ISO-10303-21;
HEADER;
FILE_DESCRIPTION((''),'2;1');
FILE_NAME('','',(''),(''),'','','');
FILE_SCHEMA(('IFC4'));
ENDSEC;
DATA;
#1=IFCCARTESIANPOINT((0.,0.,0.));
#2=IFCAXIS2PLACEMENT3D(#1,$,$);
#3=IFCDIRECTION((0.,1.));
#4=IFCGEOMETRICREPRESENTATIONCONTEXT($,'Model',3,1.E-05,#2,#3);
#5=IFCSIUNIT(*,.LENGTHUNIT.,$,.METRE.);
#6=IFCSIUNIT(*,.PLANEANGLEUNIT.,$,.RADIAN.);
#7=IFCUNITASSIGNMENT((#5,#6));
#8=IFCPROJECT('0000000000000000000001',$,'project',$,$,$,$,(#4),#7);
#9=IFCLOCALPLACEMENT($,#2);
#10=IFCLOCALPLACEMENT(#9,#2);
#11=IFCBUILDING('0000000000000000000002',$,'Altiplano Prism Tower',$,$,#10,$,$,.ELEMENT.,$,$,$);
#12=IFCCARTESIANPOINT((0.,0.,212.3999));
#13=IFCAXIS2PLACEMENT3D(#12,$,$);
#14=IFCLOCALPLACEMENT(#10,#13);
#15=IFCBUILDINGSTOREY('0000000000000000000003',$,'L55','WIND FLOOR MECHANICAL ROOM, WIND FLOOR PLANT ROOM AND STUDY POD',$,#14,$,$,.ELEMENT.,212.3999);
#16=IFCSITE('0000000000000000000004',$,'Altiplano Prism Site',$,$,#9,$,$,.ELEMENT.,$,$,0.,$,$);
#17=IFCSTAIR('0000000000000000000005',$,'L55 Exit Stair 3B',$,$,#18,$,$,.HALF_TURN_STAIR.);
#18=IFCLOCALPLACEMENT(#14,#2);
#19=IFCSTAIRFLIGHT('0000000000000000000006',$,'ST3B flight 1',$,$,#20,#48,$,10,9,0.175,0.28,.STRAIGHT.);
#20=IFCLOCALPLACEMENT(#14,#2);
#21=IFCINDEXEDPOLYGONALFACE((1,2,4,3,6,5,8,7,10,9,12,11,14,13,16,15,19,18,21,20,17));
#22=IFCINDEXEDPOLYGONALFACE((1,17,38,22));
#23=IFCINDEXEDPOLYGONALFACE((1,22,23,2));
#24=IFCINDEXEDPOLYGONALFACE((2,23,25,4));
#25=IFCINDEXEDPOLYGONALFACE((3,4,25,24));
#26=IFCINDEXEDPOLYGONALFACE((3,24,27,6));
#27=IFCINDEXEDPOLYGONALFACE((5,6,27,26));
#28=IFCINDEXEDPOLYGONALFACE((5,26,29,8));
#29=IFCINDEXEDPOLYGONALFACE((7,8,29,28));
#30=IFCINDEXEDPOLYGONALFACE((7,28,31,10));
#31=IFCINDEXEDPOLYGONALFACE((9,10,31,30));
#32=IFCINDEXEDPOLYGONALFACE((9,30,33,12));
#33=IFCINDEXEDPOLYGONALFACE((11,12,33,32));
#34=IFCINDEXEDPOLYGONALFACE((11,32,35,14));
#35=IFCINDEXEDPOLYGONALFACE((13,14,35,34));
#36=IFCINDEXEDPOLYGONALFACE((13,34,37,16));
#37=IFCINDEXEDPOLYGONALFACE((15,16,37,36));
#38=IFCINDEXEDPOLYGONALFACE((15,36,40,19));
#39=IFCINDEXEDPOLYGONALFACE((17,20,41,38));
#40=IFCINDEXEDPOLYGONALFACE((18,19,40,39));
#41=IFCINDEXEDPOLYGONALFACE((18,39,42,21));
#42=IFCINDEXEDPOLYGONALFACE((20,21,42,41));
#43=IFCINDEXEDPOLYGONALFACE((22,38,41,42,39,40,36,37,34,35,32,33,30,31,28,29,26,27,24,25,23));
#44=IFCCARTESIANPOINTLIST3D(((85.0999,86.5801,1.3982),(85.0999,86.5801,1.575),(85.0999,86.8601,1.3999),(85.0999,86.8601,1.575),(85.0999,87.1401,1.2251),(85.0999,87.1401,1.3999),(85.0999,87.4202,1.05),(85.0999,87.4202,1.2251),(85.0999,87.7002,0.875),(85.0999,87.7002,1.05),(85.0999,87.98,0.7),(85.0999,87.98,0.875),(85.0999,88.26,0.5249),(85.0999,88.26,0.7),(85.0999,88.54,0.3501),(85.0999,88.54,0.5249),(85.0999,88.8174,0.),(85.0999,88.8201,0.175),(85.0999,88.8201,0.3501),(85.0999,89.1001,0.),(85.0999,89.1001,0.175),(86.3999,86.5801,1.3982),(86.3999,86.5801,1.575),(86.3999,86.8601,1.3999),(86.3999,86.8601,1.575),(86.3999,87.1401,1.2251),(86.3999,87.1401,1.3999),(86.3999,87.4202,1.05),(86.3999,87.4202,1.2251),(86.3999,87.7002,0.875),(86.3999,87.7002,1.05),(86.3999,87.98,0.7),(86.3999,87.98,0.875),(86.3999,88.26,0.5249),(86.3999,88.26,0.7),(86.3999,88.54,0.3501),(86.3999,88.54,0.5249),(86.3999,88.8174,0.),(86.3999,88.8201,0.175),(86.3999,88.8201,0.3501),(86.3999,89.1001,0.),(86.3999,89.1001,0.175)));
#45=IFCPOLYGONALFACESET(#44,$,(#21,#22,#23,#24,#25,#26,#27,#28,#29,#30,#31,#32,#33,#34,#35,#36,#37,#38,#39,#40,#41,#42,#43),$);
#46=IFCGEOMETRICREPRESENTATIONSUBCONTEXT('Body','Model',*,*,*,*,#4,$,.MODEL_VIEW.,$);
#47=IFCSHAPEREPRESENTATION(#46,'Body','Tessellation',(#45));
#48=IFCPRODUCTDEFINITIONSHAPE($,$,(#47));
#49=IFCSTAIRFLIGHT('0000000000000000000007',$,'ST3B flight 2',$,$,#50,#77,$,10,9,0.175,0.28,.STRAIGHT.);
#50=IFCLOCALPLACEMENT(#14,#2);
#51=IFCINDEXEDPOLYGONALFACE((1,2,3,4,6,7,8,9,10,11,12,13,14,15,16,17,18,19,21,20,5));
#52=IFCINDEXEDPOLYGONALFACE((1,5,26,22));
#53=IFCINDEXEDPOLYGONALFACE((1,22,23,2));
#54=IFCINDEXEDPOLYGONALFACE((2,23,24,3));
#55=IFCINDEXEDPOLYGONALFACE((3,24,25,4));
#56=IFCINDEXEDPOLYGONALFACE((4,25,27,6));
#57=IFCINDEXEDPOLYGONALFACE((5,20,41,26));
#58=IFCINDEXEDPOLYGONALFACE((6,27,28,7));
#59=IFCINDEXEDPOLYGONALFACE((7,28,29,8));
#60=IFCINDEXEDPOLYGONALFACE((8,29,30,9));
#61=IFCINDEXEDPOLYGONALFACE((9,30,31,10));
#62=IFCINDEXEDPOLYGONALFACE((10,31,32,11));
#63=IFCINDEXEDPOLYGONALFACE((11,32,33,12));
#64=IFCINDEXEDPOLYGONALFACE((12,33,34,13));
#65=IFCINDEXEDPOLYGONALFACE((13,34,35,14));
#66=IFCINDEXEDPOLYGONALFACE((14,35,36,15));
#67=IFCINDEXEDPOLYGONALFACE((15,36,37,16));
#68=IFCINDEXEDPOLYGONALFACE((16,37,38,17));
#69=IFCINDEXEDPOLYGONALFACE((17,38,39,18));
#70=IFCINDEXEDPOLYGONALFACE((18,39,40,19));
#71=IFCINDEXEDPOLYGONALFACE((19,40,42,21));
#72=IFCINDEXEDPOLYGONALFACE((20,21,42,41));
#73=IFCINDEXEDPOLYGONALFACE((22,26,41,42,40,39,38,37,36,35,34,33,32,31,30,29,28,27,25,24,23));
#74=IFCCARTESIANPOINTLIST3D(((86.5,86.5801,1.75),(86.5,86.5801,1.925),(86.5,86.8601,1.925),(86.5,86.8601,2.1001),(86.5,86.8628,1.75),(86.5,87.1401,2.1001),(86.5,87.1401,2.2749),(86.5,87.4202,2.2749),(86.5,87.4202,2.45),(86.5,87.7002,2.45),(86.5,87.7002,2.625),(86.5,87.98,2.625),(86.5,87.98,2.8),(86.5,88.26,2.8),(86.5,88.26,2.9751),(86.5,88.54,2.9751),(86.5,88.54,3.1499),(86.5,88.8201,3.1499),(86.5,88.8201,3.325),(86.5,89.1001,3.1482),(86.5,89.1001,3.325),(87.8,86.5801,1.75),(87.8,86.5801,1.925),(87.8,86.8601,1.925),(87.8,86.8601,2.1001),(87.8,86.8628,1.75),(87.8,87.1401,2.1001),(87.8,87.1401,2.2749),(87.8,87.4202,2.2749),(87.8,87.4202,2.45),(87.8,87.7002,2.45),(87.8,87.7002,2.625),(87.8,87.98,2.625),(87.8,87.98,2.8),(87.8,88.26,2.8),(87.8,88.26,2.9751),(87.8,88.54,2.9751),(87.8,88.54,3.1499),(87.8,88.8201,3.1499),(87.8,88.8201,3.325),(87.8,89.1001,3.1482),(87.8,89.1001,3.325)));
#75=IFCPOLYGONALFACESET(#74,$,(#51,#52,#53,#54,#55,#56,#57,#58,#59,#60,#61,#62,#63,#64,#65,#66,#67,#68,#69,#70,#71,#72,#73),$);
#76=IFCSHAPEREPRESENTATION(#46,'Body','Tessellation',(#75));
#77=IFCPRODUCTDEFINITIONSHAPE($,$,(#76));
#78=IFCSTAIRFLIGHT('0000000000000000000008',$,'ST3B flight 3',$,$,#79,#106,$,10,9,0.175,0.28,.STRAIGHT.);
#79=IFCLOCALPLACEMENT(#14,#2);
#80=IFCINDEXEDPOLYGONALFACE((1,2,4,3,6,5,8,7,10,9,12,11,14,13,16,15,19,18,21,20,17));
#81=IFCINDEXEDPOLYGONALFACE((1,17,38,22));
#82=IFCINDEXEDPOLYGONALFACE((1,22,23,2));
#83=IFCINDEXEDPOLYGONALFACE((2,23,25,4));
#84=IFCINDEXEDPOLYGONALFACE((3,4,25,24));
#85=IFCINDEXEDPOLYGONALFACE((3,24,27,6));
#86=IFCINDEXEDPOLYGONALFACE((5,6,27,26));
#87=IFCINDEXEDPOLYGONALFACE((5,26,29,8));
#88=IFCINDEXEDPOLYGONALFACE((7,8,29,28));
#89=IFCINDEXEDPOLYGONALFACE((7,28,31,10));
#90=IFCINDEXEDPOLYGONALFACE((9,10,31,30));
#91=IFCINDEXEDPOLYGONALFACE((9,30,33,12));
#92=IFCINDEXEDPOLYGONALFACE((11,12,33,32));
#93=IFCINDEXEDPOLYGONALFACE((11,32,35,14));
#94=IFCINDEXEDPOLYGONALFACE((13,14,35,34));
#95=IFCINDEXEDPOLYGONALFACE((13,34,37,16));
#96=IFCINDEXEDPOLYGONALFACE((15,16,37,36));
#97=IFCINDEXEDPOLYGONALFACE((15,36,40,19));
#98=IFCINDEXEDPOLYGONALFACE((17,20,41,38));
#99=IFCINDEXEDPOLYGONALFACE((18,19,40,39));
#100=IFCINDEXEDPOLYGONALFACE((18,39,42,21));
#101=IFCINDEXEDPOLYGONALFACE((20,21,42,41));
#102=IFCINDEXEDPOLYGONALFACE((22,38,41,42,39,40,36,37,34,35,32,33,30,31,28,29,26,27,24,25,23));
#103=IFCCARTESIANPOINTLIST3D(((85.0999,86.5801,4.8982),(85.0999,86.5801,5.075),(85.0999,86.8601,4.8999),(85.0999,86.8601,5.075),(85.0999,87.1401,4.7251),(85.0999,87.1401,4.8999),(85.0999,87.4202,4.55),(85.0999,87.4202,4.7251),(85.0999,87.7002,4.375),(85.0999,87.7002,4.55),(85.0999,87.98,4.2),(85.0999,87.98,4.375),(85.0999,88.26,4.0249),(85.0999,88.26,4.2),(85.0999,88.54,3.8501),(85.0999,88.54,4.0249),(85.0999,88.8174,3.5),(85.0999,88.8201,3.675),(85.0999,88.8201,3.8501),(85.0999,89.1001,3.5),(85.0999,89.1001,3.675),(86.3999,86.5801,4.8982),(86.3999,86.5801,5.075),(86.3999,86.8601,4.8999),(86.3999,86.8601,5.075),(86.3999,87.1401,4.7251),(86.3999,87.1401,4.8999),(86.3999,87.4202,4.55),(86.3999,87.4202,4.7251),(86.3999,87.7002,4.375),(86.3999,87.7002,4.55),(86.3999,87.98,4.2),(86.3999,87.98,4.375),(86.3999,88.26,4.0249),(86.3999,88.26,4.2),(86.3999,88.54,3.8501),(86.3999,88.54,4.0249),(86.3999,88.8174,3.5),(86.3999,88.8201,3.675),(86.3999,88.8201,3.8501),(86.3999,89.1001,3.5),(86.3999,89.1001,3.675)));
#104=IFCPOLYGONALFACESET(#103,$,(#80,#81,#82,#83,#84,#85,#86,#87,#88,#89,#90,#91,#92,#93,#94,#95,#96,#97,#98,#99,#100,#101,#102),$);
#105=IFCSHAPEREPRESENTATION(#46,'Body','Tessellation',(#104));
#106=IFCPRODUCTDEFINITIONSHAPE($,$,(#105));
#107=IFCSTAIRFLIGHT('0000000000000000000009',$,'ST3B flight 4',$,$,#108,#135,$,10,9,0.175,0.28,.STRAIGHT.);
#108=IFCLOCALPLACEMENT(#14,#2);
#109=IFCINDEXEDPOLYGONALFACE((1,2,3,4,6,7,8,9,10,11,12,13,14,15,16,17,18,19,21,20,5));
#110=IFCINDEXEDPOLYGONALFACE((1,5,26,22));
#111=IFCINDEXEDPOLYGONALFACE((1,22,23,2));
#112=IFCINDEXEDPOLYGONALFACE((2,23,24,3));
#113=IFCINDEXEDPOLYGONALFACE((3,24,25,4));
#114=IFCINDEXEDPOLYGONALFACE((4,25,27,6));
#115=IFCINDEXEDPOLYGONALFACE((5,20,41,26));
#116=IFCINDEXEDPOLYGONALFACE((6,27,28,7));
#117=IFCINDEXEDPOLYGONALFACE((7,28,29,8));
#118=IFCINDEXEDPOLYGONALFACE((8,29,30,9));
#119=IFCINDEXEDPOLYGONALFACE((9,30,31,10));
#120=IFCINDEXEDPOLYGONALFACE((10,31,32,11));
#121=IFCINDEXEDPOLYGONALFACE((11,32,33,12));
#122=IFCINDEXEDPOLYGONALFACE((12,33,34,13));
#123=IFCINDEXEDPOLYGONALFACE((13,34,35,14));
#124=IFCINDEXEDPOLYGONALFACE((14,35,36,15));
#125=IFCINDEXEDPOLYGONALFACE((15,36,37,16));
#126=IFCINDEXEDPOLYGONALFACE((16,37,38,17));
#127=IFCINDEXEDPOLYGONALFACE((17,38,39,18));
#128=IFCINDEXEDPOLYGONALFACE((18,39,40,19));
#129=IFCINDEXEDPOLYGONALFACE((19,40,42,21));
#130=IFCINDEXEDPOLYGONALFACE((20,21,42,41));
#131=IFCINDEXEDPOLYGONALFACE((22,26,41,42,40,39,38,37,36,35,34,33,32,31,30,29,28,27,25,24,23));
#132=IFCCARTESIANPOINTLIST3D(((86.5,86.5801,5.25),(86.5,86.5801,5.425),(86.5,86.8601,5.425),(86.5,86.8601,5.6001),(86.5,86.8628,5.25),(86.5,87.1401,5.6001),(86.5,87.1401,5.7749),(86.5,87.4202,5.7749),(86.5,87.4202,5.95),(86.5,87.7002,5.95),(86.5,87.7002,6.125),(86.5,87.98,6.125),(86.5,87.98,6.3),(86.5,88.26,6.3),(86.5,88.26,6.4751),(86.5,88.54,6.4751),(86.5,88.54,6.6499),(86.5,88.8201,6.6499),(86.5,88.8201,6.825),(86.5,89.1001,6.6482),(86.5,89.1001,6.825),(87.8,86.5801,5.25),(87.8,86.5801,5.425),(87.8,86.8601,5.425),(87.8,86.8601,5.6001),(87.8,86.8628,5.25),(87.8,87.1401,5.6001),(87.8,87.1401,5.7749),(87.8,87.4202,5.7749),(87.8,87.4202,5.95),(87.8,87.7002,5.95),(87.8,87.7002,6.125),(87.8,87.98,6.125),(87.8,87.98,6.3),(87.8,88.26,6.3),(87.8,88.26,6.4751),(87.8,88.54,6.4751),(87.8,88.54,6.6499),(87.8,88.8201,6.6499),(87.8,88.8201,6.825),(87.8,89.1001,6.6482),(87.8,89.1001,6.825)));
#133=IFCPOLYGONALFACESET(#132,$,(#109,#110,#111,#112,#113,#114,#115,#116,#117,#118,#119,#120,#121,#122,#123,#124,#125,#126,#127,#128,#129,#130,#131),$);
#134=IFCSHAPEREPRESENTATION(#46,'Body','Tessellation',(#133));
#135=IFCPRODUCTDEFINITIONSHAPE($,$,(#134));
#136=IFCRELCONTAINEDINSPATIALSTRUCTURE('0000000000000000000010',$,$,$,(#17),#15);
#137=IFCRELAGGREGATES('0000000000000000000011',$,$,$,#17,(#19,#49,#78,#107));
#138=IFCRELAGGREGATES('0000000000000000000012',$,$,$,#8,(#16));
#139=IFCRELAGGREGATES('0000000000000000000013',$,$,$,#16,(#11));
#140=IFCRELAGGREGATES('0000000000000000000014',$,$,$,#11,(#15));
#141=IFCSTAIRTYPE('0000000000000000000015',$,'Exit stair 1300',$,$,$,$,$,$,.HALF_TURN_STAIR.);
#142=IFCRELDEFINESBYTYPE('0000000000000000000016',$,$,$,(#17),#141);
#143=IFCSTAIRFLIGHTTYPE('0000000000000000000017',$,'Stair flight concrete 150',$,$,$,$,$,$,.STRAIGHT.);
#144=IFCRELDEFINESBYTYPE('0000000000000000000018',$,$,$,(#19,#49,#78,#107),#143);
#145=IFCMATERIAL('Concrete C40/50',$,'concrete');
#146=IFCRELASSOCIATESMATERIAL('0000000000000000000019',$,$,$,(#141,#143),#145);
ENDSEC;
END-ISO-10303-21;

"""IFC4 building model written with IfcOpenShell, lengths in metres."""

from ifc_helpers import new_model, si_unit, direction, frame, origin, place, context, subcontext, project, spatial, polyline, outline, extrude, material, type_object, element, aggregate, save


model = new_model("IFC4")

# Units and contexts
model_context = context("Model", 3, precision=1e-05, world=origin(), true_north=direction((0.0, 1.0)))
body_context = subcontext(model_context, "Body", "Model", "MODEL_VIEW")
ifc_project = project(units=[si_unit("LENGTHUNIT", "METRE"), si_unit("PLANEANGLEUNIT", "RADIAN")], contexts=[model_context])

# Site, building, storey
site_placement = place(None, origin())
site = spatial("IfcSite", under=ifc_project, at=site_placement, Name="Altiplano Prism Site", CompositionType="ELEMENT", RefElevation=0.0)
building_placement = place(site_placement, origin())
building = spatial("IfcBuilding", under=site, at=building_placement, Name="Altiplano Prism Tower", CompositionType="ELEMENT")
storey_placement = place(building_placement, frame((0.0, 0.0, 212.3999)))
storey = spatial("IfcBuildingStorey", under=building, at=storey_placement, Name="L55", Description="WIND FLOOR MECHANICAL ROOM, WIND FLOOR PLANT ROOM AND STUDY POD", CompositionType="ELEMENT", Elevation=212.3999)

# Stair, stair flights
ifc_material_1 = material(Name="Concrete C40/50", Category="concrete")
stair_type = type_object("IfcStairType", Name="Exit stair 1300", PredefinedType="HALF_TURN_STAIR", material=ifc_material_1)
stair_placement = place(storey_placement, origin())
stair = element("IfcStair", 1, at=stair_placement, inside=storey, type_object=stair_type, Name="L55 Exit Stair 3B", PredefinedType="HALF_TURN_STAIR")
stair_flight_type = type_object("IfcStairFlightType", Name="Stair flight concrete 150", PredefinedType="STRAIGHT", material=ifc_material_1)
stair_flight_1_placement = place(storey_placement, frame((85.75, 89.1001, 0.0), z_axis=(0.0, 0.0, 1.0), x_axis=(0.0, -1.0, 0.0)))
stair_flight_1 = element("IfcStairFlight", 2, at=stair_flight_1_placement, type_object=stair_flight_type, Name="ST3B flight 1", NumberOfRisers=10, NumberOfTreads=9, PredefinedType="STRAIGHT", RiserHeight=0.175, TreadLength=0.28, context=body_context, shape_type="SweptSolid", body=[
    extrude(outline(polyline([(0.0, 0.0), (0.0, 0.175), (0.28, 0.175), (0.28, 0.3501), (0.5601, 0.3501), (0.5601, 0.5249), (0.8401, 0.5249), (0.8401, 0.7), (1.1201, 0.7), (1.1201, 0.875), (1.3999, 0.875), (1.3999, 1.05), (1.6799, 1.05), (1.6799, 1.2251), (1.96, 1.2251), (1.96, 1.3999), (2.24, 1.3999), (2.24, 1.575), (2.52, 1.575), (2.52, 1.75), (2.52, 1.3982), (0.2827, 0.0), (0.0, 0.0)])), frame((0.0, 0.6499, 0.0), z_axis=(0.0, -1.0, 0.0), x_axis=(1.0, 0.0, 0.0)), (0.0, 0.0, 1.0), 1.3),
])
stair_flight_2_placement = place(storey_placement, frame((87.1499, 86.5801, 1.75), z_axis=(0.0, 0.0, 1.0), x_axis=(0.0, 1.0, 0.0)))
stair_flight_2 = element("IfcStairFlight", 3, at=stair_flight_2_placement, type_object=stair_flight_type, Name="ST3B flight 2", NumberOfRisers=10, NumberOfTreads=9, PredefinedType="STRAIGHT", RiserHeight=0.175, TreadLength=0.28, context=body_context, shape_type="SweptSolid", body=[
    extrude(outline(polyline([(0.0, 0.0), (0.0, 0.175), (0.28, 0.175), (0.28, 0.3501), (0.5601, 0.3501), (0.5601, 0.5249), (0.8401, 0.5249), (0.8401, 0.7), (1.1201, 0.7), (1.1201, 0.875), (1.3999, 0.875), (1.3999, 1.05), (1.6799, 1.05), (1.6799, 1.2251), (1.96, 1.2251), (1.96, 1.3999), (2.24, 1.3999), (2.24, 1.575), (2.52, 1.575), (2.52, 1.75), (2.52, 1.3982), (0.2827, 0.0), (0.0, 0.0)])), frame((0.0, 0.6499, 0.0), z_axis=(0.0, -1.0, 0.0), x_axis=(1.0, 0.0, 0.0)), (0.0, 0.0, 1.0), 1.3),
])
stair_flight_3_placement = place(storey_placement, frame((85.75, 89.1001, 3.5), z_axis=(0.0, 0.0, 1.0), x_axis=(0.0, -1.0, 0.0)))
stair_flight_3 = element("IfcStairFlight", 4, at=stair_flight_3_placement, type_object=stair_flight_type, Name="ST3B flight 3", NumberOfRisers=10, NumberOfTreads=9, PredefinedType="STRAIGHT", RiserHeight=0.175, TreadLength=0.28, context=body_context, shape_type="SweptSolid", body=[
    extrude(outline(polyline([(0.0, 0.0), (0.0, 0.175), (0.28, 0.175), (0.28, 0.3501), (0.5601, 0.3501), (0.5601, 0.5249), (0.8401, 0.5249), (0.8401, 0.7), (1.1201, 0.7), (1.1201, 0.875), (1.3999, 0.875), (1.3999, 1.05), (1.6799, 1.05), (1.6799, 1.2251), (1.96, 1.2251), (1.96, 1.3999), (2.24, 1.3999), (2.24, 1.575), (2.52, 1.575), (2.52, 1.75), (2.52, 1.3982), (0.2827, 0.0), (0.0, 0.0)])), frame((0.0, 0.6499, 0.0), z_axis=(0.0, -1.0, 0.0), x_axis=(1.0, 0.0, 0.0)), (0.0, 0.0, 1.0), 1.3),
])
stair_flight_4_placement = place(storey_placement, frame((87.1499, 86.5801, 5.25), z_axis=(0.0, 0.0, 1.0), x_axis=(0.0, 1.0, 0.0)))
stair_flight_4 = element("IfcStairFlight", 5, at=stair_flight_4_placement, type_object=stair_flight_type, Name="ST3B flight 4", NumberOfRisers=10, NumberOfTreads=9, PredefinedType="STRAIGHT", RiserHeight=0.175, TreadLength=0.28, context=body_context, shape_type="SweptSolid", body=[
    extrude(outline(polyline([(0.0, 0.0), (0.0, 0.175), (0.28, 0.175), (0.28, 0.3501), (0.5601, 0.3501), (0.5601, 0.5249), (0.8401, 0.5249), (0.8401, 0.7), (1.1201, 0.7), (1.1201, 0.875), (1.3999, 0.875), (1.3999, 1.05), (1.6799, 1.05), (1.6799, 1.2251), (1.96, 1.2251), (1.96, 1.3999), (2.24, 1.3999), (2.24, 1.575), (2.52, 1.575), (2.52, 1.75), (2.52, 1.3982), (0.2827, 0.0), (0.0, 0.0)])), frame((0.0, 0.6499, 0.0), z_axis=(0.0, -1.0, 0.0), x_axis=(1.0, 0.0, 0.0)), (0.0, 0.0, 1.0), 1.3),
])
aggregate(stair, [stair_flight_1, stair_flight_2, stair_flight_3, stair_flight_4])

save(model, "model.ifc")
